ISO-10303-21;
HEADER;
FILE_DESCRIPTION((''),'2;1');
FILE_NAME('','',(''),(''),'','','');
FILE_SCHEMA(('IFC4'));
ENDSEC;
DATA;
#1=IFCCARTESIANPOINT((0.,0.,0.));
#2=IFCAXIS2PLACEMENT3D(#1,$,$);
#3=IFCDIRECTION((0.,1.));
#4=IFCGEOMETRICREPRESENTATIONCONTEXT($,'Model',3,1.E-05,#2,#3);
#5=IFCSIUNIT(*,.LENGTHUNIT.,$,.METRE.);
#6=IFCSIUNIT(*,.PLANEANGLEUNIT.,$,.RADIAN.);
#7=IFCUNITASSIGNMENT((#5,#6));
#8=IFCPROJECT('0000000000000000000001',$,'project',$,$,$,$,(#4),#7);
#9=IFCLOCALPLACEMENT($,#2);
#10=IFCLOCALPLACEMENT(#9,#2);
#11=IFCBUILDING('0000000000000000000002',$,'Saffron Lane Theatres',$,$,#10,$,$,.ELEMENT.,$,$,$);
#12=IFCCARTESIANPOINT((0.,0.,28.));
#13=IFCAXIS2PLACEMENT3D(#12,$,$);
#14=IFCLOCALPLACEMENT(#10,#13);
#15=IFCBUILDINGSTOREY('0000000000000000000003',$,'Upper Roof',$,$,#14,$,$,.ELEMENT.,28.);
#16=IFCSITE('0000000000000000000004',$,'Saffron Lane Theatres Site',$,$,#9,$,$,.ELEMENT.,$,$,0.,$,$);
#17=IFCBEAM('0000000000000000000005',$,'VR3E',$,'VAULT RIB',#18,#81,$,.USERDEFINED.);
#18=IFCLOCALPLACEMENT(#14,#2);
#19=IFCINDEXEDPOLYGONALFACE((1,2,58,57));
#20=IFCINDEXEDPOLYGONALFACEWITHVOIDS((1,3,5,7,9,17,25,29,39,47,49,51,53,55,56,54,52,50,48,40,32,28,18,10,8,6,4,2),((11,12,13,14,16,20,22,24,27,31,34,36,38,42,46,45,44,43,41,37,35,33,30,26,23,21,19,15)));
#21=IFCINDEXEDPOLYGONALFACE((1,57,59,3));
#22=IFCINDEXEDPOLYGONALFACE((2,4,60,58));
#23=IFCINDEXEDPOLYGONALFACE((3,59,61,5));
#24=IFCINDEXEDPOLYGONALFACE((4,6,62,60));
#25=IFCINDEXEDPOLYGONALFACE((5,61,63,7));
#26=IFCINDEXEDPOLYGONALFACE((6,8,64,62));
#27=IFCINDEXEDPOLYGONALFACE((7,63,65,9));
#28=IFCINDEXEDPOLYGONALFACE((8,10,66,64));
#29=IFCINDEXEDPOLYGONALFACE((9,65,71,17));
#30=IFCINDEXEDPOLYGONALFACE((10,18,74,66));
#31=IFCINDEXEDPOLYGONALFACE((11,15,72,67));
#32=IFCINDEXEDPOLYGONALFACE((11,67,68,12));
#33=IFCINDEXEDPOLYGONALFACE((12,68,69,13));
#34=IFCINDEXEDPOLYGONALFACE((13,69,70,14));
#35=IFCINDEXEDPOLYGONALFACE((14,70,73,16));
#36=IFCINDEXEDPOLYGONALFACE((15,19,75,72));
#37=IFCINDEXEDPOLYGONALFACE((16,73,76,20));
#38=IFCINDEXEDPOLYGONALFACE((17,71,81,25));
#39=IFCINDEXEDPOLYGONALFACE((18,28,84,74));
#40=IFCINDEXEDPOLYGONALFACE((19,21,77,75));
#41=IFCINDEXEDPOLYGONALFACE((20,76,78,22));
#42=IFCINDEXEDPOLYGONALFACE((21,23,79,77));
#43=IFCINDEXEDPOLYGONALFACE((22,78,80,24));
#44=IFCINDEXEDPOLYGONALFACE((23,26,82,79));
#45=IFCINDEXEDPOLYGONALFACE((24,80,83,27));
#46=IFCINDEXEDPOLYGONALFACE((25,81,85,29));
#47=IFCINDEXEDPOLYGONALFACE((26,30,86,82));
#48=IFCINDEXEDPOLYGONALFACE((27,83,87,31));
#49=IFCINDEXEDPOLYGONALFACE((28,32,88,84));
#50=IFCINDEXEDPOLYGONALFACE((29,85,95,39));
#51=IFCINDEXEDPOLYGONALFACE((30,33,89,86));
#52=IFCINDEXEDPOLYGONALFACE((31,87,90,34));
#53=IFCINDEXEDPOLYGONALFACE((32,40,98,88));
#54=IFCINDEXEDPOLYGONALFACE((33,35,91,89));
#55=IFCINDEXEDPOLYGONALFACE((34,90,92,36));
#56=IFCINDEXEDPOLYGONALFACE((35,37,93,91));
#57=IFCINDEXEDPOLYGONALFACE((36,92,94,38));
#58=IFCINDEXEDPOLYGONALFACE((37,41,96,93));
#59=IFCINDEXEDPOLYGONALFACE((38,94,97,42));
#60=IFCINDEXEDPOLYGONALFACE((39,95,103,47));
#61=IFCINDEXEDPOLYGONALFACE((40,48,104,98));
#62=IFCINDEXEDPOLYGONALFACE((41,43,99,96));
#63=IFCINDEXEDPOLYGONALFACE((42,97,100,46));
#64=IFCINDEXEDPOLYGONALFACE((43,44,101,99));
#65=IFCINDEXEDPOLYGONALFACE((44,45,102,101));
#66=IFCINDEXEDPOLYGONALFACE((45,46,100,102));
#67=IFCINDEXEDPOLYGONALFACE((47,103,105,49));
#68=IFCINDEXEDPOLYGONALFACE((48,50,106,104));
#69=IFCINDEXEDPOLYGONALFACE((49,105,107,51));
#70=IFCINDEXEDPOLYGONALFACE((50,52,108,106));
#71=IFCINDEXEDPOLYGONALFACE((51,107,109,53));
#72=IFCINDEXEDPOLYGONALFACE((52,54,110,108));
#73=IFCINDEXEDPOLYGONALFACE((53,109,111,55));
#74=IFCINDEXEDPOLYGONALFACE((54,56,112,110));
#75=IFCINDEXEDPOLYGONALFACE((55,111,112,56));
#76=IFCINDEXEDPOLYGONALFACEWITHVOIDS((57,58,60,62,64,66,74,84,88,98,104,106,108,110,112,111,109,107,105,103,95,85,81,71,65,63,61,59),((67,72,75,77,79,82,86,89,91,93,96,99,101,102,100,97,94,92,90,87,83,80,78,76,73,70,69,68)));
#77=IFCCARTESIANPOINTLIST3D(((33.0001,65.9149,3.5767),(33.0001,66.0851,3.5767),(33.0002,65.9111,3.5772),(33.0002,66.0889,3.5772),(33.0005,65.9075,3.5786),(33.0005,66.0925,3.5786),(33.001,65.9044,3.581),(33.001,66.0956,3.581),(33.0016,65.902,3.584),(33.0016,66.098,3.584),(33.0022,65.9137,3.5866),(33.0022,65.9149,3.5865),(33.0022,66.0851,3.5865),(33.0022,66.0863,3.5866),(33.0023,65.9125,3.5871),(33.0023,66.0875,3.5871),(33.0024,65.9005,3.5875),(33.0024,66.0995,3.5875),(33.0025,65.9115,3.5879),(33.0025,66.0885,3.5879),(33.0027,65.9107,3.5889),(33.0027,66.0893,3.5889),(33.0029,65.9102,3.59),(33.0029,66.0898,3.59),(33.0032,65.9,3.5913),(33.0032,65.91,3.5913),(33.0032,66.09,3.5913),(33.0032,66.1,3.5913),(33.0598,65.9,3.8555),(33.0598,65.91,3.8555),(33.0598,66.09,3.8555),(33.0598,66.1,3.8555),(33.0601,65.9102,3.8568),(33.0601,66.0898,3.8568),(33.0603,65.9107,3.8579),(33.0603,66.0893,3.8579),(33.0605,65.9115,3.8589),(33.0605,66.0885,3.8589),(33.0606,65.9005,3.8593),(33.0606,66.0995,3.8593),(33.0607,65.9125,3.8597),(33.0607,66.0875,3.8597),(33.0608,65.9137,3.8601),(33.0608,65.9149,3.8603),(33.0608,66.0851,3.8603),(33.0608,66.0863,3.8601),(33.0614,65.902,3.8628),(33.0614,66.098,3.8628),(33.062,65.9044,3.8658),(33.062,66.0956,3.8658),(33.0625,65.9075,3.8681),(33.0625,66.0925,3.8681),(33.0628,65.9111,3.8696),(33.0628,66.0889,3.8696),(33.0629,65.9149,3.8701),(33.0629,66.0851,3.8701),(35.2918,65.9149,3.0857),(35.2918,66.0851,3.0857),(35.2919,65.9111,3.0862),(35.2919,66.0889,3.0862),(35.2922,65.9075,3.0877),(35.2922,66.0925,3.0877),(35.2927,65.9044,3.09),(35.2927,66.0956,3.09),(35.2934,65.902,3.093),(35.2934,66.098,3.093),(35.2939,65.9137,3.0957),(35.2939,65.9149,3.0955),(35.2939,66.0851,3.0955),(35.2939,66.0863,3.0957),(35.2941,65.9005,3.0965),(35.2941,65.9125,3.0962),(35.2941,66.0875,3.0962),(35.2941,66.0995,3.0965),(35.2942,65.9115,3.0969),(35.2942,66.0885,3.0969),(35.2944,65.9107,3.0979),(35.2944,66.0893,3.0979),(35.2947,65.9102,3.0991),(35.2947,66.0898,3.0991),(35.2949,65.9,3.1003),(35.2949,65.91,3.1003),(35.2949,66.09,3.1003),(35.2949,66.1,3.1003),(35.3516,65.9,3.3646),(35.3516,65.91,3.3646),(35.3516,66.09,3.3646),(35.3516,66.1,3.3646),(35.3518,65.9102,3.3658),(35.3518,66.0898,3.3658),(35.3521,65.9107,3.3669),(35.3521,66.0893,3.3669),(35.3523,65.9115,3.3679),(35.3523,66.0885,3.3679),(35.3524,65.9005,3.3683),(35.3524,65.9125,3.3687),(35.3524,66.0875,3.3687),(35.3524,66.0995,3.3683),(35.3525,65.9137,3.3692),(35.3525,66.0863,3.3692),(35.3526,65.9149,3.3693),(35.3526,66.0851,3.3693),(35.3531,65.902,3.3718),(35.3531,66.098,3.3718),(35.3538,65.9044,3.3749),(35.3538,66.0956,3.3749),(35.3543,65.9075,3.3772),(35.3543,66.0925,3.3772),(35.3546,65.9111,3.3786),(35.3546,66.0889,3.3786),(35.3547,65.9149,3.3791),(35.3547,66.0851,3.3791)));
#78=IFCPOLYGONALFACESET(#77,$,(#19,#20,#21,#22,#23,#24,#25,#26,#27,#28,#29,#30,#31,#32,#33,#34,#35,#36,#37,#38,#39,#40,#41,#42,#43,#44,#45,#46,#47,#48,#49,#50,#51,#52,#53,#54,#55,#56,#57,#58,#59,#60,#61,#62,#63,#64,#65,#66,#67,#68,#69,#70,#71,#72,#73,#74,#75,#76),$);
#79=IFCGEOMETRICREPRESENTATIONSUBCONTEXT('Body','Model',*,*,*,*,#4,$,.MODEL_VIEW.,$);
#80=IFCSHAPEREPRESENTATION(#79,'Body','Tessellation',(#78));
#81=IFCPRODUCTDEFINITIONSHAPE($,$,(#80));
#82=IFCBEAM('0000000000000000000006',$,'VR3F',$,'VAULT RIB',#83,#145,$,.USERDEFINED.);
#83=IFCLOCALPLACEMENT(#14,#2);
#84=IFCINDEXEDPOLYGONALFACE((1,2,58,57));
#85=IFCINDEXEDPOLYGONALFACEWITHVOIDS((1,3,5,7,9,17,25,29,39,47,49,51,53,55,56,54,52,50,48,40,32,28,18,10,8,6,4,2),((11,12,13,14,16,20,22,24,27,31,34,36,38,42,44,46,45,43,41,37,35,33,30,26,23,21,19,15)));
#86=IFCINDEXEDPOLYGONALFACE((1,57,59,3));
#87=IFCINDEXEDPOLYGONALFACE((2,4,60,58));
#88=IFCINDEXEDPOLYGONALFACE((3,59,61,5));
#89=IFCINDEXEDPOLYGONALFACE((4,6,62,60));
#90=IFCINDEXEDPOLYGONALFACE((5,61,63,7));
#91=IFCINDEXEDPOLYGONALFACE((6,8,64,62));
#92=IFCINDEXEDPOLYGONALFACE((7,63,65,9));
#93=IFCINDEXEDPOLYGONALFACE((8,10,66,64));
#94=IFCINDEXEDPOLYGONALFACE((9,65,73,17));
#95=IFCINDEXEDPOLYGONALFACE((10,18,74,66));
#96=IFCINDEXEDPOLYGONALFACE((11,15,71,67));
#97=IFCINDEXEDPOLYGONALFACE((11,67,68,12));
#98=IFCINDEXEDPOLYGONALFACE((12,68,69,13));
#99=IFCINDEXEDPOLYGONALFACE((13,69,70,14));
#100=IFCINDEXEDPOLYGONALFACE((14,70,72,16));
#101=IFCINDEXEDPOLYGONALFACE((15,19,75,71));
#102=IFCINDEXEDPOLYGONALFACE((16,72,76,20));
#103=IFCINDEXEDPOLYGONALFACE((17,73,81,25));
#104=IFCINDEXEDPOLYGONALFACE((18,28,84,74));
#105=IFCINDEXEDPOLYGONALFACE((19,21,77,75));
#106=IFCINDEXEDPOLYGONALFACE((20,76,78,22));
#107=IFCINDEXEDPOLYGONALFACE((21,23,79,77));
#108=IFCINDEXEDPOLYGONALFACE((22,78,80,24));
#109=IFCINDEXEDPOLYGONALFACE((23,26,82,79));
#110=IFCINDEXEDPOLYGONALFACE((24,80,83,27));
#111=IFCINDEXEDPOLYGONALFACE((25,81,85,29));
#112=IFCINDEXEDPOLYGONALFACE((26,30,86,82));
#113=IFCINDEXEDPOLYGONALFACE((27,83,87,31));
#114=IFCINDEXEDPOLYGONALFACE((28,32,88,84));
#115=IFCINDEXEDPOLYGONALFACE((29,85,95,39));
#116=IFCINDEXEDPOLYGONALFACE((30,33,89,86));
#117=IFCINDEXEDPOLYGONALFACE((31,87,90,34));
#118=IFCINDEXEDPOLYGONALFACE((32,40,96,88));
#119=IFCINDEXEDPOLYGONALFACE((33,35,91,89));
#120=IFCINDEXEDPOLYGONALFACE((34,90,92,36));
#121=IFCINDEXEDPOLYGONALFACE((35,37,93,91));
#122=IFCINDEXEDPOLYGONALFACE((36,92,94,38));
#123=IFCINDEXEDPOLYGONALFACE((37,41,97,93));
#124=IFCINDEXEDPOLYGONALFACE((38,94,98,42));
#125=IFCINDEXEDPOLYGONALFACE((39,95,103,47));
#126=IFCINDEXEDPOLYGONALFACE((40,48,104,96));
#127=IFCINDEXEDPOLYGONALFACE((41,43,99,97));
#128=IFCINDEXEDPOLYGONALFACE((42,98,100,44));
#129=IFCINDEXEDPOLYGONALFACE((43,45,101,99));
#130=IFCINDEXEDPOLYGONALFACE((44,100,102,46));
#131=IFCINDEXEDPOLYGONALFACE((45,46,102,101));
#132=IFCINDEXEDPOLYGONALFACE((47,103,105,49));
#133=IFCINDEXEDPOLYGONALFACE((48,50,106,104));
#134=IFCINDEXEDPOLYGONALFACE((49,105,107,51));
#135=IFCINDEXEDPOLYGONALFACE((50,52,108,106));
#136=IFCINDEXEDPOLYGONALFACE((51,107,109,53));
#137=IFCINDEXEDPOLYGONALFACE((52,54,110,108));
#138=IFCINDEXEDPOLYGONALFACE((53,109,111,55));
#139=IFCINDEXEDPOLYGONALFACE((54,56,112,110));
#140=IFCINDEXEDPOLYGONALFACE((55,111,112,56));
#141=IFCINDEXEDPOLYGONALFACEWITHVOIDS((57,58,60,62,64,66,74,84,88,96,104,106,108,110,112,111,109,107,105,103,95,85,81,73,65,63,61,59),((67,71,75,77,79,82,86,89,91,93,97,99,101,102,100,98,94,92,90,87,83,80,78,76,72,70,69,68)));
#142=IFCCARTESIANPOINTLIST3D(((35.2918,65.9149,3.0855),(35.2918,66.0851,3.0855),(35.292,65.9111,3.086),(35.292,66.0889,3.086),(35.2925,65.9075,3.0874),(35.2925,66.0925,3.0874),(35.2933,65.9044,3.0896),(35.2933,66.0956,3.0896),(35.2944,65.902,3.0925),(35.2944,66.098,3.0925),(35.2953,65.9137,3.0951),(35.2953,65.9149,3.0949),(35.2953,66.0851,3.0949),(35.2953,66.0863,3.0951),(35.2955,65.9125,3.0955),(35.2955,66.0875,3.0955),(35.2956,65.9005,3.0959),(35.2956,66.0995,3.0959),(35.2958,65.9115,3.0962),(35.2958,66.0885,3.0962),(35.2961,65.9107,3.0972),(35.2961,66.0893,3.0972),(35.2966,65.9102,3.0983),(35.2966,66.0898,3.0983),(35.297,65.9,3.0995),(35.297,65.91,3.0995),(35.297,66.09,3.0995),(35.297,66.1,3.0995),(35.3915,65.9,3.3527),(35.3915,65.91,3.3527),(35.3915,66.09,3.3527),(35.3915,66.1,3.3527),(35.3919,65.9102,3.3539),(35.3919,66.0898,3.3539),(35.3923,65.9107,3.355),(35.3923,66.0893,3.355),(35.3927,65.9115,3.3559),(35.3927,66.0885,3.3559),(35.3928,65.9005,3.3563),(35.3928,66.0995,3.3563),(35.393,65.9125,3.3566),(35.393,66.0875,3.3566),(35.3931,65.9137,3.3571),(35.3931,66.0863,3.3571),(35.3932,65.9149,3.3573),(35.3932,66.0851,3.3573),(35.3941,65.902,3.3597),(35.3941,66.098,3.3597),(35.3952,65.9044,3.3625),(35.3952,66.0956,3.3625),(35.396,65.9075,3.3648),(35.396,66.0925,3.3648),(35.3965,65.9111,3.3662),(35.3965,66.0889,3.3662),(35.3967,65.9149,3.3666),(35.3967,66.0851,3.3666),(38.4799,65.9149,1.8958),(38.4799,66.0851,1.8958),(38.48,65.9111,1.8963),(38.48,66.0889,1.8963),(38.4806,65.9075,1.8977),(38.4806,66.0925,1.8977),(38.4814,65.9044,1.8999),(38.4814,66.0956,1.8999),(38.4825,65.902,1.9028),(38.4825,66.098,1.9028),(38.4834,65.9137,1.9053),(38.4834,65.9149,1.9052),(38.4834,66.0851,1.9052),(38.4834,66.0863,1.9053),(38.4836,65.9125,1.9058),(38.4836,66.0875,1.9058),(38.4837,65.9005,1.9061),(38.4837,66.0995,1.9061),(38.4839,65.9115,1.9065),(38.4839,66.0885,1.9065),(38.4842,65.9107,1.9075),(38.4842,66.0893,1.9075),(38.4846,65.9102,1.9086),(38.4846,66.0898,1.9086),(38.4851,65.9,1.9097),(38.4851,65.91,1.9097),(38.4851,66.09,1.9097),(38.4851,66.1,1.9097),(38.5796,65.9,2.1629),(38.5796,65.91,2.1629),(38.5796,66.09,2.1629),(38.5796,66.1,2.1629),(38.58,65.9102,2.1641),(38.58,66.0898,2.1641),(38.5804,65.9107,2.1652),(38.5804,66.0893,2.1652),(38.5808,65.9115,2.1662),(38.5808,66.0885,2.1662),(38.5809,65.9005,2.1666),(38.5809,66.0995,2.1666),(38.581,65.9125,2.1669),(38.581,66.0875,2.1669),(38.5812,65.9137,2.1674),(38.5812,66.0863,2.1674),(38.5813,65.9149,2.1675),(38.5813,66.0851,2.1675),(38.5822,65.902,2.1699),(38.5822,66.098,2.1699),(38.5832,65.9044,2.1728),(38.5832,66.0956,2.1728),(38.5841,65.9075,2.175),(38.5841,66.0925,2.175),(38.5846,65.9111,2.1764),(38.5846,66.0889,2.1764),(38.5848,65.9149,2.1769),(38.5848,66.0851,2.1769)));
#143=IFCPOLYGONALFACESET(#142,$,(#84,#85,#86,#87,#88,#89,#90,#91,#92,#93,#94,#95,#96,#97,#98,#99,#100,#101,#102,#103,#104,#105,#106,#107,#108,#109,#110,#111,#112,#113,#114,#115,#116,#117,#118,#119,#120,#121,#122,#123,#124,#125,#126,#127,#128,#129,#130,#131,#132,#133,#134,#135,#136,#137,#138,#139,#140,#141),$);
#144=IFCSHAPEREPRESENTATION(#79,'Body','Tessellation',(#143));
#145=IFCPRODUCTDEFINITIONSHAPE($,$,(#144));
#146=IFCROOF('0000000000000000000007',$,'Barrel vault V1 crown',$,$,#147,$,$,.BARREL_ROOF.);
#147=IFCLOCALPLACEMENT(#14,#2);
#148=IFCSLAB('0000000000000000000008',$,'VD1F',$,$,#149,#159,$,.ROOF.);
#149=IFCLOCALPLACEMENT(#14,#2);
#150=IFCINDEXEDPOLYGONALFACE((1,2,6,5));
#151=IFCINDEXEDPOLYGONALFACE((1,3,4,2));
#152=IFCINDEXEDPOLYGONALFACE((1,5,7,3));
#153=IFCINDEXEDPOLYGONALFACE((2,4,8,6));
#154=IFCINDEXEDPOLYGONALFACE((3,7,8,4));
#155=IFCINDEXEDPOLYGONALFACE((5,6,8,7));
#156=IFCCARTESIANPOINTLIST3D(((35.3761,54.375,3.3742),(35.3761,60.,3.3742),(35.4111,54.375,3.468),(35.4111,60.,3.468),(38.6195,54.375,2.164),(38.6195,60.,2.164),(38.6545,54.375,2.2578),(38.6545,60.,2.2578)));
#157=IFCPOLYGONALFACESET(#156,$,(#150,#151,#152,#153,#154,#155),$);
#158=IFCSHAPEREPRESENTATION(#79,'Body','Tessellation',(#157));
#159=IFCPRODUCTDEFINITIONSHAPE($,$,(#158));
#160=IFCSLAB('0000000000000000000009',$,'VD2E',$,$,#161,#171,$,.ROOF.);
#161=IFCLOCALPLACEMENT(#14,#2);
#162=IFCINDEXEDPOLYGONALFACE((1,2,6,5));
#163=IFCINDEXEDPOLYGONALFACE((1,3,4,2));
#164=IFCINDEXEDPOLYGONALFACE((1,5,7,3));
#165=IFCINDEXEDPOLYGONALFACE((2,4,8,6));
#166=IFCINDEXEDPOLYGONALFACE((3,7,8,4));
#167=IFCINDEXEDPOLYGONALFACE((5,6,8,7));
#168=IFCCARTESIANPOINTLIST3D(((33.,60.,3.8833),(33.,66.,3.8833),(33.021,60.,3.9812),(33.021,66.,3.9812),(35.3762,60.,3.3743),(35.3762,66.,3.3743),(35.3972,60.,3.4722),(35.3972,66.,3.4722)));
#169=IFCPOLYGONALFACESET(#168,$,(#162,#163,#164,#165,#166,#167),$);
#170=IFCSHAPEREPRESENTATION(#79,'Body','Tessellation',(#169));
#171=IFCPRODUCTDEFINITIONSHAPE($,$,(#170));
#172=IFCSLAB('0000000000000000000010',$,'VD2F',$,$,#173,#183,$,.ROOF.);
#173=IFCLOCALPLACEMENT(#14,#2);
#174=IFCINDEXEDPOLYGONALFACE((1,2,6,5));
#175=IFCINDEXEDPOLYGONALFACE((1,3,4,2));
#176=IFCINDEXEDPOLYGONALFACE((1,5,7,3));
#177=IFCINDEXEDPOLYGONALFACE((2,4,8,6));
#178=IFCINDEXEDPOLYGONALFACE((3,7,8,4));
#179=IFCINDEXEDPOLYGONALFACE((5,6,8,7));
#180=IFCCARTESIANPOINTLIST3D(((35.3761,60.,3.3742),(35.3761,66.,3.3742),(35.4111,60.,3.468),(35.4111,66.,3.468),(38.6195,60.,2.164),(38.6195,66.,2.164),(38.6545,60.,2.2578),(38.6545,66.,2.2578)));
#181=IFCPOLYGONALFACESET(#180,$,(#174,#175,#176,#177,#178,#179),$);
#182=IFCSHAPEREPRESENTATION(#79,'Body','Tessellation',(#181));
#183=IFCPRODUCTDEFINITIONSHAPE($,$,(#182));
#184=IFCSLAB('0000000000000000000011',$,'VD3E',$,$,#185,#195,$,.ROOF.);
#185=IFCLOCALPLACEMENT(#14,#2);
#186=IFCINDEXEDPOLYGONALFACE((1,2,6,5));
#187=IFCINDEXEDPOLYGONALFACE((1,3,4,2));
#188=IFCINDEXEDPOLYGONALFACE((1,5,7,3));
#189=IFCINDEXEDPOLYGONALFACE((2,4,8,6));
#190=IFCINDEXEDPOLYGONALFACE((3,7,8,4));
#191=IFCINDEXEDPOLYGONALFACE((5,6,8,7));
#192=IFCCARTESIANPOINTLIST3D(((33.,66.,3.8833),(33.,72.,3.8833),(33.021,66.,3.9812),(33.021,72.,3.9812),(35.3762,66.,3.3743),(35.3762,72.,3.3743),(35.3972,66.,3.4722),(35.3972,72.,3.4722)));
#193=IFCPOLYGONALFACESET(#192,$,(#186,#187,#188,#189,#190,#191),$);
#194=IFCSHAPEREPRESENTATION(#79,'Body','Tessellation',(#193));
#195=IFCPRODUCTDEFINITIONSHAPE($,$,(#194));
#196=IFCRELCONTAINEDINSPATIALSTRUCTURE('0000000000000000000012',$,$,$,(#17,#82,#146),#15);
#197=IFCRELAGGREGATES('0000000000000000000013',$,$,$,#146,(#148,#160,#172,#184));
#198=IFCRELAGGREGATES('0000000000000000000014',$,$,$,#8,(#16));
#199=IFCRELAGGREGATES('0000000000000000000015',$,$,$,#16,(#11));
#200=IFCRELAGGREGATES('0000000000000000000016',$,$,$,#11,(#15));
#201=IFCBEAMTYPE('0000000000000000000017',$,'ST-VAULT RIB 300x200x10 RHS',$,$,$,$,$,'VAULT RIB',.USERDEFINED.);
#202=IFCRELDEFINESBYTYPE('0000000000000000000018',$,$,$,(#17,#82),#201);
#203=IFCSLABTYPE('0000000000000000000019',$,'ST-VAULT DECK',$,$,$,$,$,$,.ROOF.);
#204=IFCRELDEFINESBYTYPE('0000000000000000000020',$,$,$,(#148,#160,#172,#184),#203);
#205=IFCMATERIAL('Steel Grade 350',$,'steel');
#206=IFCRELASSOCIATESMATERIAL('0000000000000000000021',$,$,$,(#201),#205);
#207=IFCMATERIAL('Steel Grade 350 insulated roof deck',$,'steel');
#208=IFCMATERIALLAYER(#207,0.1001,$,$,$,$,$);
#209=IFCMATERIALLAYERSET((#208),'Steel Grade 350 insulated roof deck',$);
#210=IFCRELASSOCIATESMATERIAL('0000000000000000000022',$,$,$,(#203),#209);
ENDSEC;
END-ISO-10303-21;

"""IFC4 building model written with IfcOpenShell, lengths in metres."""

from ifc_helpers import new_model, si_unit, direction, frame, origin, origin_2d, place, context, subcontext, project, spatial, polyline, hollow_rectangle, outline, extrude, material, layer, layer_set, material_profile, profile_set, type_object, element, aggregate, save


model = new_model("IFC4")

# Units and contexts
model_context = context("Model", 3, precision=1e-05, world=origin(), true_north=direction((0.0, 1.0)))
body_context = subcontext(model_context, "Body", "Model", "MODEL_VIEW")
ifc_project = project(units=[si_unit("LENGTHUNIT", "METRE"), si_unit("PLANEANGLEUNIT", "RADIAN")], contexts=[model_context])

# Site, building, storey
site_placement = place(None, origin())
site = spatial("IfcSite", under=ifc_project, at=site_placement, Name="Saffron Lane Theatres Site", CompositionType="ELEMENT", RefElevation=0.0)
building_placement = place(site_placement, origin())
building = spatial("IfcBuilding", under=site, at=building_placement, Name="Saffron Lane Theatres", CompositionType="ELEMENT")
storey_placement = place(building_placement, frame((0.0, 0.0, 28.0)))
storey = spatial("IfcBuildingStorey", under=building, at=storey_placement, Name="Upper Roof", CompositionType="ELEMENT", Elevation=28.0)

# Beams
ifc_material_1 = material(Name="Steel Grade 350", Category="steel")
ifc_material_profile_1 = material_profile(ifc_material_1, hollow_rectangle(XDim=0.2, YDim=0.3, WallThickness=0.01, InnerFilletRadius=0.0049, OuterFilletRadius=0.0149, at=origin_2d()))
ifc_profile_set_1 = profile_set([ifc_material_profile_1], Name="Steel Grade 350")
beam_type = type_object("IfcBeamType", Name="ST-VAULT RIB 300x200x10 RHS", ElementType="VAULT RIB", PredefinedType="USERDEFINED", material=ifc_profile_set_1)
beam_1_placement = place(storey_placement, frame((33.0315, 66.0, 3.7234), z_axis=(0.977813, 0.0, -0.209479), x_axis=(0.0, 1.0, 0.0)))
element("IfcBeam", 1, at=beam_1_placement, inside=storey, type_object=beam_type, Name="VR3E", ObjectType="VAULT RIB", PredefinedType="USERDEFINED", context=body_context, shape_type="SweptSolid", body=[
    extrude(hollow_rectangle(XDim=0.2, YDim=0.3, WallThickness=0.01, InnerFilletRadius=0.0049, OuterFilletRadius=0.0149, at=origin_2d()), origin(), (0.0, 0.0, 1.0), 2.3438),
])
beam_2_placement = place(storey_placement, frame((35.3442, 66.0, 3.2261), z_axis=(0.936888, 0.0, -0.349629), x_axis=(0.0, 1.0, 0.0)))
element("IfcBeam", 2, at=beam_2_placement, inside=storey, type_object=beam_type, Name="VR3F", ObjectType="VAULT RIB", PredefinedType="USERDEFINED", context=body_context, shape_type="SweptSolid", body=[
    extrude(hollow_rectangle(XDim=0.2, YDim=0.3, WallThickness=0.01, InnerFilletRadius=0.0049, OuterFilletRadius=0.0149, at=origin_2d()), origin(), (0.0, 0.0, 1.0), 3.4028),
])

# Roof, slabs
roof_placement = place(storey_placement, origin())
roof = element("IfcRoof", 3, at=roof_placement, inside=storey, Name="Barrel vault V1 crown", PredefinedType="BARREL_ROOF")
ifc_material_2 = material(Name="Steel Grade 350 insulated roof deck", Category="steel")
ifc_layer_1 = layer(ifc_material_2, 0.1001)
ifc_layer_set_1 = layer_set([ifc_layer_1], Name="Steel Grade 350 insulated roof deck")
slab_type = type_object("IfcSlabType", Name="ST-VAULT DECK", PredefinedType="ROOF", material=ifc_layer_set_1)
slab_1_placement = place(storey_placement, frame((35.4111, 54.375, 3.468), z_axis=(0.349585, 0.0, 0.936905), x_axis=(0.936905, 0.0, -0.349585)))
slab_1 = element("IfcSlab", 4, at=slab_1_placement, type_object=slab_type, Name="VD1F", PredefinedType="ROOF", context=body_context, shape_type="SweptSolid", body=[
    extrude(outline(polyline([(0.0, 0.0), (3.4618, 0.0), (3.4618, 5.625), (0.0, 5.625), (0.0, 0.0)])), origin(), (0.0, 0.0, -1.0), 0.1001),
])
slab_2_placement = place(storey_placement, frame((33.021, 60.0, 3.9812), z_axis=(0.209467, 0.0, 0.977816), x_axis=(0.977816, 0.0, -0.209467)))
slab_2 = element("IfcSlab", 5, at=slab_2_placement, type_object=slab_type, Name="VD2E", PredefinedType="ROOF", context=body_context, shape_type="SweptSolid", body=[
    extrude(outline(polyline([(0.0, 0.0), (2.4301, 0.0), (2.4301, 6.0), (0.0, 6.0), (0.0, 0.0)])), origin(), (0.0, 0.0, -1.0), 0.1001),
])
slab_3_placement = place(storey_placement, frame((35.4111, 60.0, 3.468), z_axis=(0.349585, 0.0, 0.936905), x_axis=(0.936905, 0.0, -0.349585)))
slab_3 = element("IfcSlab", 6, at=slab_3_placement, type_object=slab_type, Name="VD2F", PredefinedType="ROOF", context=body_context, shape_type="SweptSolid", body=[
    extrude(outline(polyline([(0.0, 0.0), (3.4618, 0.0), (3.4618, 6.0), (0.0, 6.0), (0.0, 0.0)])), origin(), (0.0, 0.0, -1.0), 0.1001),
])
slab_4_placement = place(storey_placement, frame((33.021, 66.0, 3.9812), z_axis=(0.209467, 0.0, 0.977816), x_axis=(0.977816, 0.0, -0.209467)))
slab_4 = element("IfcSlab", 7, at=slab_4_placement, type_object=slab_type, Name="VD3E", PredefinedType="ROOF", context=body_context, shape_type="SweptSolid", body=[
    extrude(outline(polyline([(0.0, 0.0), (2.4301, 0.0), (2.4301, 6.0), (0.0, 6.0), (0.0, 0.0)])), origin(), (0.0, 0.0, -1.0), 0.1001),
])
aggregate(roof, [slab_1, slab_2, slab_3, slab_4])

save(model, "model.ifc")
